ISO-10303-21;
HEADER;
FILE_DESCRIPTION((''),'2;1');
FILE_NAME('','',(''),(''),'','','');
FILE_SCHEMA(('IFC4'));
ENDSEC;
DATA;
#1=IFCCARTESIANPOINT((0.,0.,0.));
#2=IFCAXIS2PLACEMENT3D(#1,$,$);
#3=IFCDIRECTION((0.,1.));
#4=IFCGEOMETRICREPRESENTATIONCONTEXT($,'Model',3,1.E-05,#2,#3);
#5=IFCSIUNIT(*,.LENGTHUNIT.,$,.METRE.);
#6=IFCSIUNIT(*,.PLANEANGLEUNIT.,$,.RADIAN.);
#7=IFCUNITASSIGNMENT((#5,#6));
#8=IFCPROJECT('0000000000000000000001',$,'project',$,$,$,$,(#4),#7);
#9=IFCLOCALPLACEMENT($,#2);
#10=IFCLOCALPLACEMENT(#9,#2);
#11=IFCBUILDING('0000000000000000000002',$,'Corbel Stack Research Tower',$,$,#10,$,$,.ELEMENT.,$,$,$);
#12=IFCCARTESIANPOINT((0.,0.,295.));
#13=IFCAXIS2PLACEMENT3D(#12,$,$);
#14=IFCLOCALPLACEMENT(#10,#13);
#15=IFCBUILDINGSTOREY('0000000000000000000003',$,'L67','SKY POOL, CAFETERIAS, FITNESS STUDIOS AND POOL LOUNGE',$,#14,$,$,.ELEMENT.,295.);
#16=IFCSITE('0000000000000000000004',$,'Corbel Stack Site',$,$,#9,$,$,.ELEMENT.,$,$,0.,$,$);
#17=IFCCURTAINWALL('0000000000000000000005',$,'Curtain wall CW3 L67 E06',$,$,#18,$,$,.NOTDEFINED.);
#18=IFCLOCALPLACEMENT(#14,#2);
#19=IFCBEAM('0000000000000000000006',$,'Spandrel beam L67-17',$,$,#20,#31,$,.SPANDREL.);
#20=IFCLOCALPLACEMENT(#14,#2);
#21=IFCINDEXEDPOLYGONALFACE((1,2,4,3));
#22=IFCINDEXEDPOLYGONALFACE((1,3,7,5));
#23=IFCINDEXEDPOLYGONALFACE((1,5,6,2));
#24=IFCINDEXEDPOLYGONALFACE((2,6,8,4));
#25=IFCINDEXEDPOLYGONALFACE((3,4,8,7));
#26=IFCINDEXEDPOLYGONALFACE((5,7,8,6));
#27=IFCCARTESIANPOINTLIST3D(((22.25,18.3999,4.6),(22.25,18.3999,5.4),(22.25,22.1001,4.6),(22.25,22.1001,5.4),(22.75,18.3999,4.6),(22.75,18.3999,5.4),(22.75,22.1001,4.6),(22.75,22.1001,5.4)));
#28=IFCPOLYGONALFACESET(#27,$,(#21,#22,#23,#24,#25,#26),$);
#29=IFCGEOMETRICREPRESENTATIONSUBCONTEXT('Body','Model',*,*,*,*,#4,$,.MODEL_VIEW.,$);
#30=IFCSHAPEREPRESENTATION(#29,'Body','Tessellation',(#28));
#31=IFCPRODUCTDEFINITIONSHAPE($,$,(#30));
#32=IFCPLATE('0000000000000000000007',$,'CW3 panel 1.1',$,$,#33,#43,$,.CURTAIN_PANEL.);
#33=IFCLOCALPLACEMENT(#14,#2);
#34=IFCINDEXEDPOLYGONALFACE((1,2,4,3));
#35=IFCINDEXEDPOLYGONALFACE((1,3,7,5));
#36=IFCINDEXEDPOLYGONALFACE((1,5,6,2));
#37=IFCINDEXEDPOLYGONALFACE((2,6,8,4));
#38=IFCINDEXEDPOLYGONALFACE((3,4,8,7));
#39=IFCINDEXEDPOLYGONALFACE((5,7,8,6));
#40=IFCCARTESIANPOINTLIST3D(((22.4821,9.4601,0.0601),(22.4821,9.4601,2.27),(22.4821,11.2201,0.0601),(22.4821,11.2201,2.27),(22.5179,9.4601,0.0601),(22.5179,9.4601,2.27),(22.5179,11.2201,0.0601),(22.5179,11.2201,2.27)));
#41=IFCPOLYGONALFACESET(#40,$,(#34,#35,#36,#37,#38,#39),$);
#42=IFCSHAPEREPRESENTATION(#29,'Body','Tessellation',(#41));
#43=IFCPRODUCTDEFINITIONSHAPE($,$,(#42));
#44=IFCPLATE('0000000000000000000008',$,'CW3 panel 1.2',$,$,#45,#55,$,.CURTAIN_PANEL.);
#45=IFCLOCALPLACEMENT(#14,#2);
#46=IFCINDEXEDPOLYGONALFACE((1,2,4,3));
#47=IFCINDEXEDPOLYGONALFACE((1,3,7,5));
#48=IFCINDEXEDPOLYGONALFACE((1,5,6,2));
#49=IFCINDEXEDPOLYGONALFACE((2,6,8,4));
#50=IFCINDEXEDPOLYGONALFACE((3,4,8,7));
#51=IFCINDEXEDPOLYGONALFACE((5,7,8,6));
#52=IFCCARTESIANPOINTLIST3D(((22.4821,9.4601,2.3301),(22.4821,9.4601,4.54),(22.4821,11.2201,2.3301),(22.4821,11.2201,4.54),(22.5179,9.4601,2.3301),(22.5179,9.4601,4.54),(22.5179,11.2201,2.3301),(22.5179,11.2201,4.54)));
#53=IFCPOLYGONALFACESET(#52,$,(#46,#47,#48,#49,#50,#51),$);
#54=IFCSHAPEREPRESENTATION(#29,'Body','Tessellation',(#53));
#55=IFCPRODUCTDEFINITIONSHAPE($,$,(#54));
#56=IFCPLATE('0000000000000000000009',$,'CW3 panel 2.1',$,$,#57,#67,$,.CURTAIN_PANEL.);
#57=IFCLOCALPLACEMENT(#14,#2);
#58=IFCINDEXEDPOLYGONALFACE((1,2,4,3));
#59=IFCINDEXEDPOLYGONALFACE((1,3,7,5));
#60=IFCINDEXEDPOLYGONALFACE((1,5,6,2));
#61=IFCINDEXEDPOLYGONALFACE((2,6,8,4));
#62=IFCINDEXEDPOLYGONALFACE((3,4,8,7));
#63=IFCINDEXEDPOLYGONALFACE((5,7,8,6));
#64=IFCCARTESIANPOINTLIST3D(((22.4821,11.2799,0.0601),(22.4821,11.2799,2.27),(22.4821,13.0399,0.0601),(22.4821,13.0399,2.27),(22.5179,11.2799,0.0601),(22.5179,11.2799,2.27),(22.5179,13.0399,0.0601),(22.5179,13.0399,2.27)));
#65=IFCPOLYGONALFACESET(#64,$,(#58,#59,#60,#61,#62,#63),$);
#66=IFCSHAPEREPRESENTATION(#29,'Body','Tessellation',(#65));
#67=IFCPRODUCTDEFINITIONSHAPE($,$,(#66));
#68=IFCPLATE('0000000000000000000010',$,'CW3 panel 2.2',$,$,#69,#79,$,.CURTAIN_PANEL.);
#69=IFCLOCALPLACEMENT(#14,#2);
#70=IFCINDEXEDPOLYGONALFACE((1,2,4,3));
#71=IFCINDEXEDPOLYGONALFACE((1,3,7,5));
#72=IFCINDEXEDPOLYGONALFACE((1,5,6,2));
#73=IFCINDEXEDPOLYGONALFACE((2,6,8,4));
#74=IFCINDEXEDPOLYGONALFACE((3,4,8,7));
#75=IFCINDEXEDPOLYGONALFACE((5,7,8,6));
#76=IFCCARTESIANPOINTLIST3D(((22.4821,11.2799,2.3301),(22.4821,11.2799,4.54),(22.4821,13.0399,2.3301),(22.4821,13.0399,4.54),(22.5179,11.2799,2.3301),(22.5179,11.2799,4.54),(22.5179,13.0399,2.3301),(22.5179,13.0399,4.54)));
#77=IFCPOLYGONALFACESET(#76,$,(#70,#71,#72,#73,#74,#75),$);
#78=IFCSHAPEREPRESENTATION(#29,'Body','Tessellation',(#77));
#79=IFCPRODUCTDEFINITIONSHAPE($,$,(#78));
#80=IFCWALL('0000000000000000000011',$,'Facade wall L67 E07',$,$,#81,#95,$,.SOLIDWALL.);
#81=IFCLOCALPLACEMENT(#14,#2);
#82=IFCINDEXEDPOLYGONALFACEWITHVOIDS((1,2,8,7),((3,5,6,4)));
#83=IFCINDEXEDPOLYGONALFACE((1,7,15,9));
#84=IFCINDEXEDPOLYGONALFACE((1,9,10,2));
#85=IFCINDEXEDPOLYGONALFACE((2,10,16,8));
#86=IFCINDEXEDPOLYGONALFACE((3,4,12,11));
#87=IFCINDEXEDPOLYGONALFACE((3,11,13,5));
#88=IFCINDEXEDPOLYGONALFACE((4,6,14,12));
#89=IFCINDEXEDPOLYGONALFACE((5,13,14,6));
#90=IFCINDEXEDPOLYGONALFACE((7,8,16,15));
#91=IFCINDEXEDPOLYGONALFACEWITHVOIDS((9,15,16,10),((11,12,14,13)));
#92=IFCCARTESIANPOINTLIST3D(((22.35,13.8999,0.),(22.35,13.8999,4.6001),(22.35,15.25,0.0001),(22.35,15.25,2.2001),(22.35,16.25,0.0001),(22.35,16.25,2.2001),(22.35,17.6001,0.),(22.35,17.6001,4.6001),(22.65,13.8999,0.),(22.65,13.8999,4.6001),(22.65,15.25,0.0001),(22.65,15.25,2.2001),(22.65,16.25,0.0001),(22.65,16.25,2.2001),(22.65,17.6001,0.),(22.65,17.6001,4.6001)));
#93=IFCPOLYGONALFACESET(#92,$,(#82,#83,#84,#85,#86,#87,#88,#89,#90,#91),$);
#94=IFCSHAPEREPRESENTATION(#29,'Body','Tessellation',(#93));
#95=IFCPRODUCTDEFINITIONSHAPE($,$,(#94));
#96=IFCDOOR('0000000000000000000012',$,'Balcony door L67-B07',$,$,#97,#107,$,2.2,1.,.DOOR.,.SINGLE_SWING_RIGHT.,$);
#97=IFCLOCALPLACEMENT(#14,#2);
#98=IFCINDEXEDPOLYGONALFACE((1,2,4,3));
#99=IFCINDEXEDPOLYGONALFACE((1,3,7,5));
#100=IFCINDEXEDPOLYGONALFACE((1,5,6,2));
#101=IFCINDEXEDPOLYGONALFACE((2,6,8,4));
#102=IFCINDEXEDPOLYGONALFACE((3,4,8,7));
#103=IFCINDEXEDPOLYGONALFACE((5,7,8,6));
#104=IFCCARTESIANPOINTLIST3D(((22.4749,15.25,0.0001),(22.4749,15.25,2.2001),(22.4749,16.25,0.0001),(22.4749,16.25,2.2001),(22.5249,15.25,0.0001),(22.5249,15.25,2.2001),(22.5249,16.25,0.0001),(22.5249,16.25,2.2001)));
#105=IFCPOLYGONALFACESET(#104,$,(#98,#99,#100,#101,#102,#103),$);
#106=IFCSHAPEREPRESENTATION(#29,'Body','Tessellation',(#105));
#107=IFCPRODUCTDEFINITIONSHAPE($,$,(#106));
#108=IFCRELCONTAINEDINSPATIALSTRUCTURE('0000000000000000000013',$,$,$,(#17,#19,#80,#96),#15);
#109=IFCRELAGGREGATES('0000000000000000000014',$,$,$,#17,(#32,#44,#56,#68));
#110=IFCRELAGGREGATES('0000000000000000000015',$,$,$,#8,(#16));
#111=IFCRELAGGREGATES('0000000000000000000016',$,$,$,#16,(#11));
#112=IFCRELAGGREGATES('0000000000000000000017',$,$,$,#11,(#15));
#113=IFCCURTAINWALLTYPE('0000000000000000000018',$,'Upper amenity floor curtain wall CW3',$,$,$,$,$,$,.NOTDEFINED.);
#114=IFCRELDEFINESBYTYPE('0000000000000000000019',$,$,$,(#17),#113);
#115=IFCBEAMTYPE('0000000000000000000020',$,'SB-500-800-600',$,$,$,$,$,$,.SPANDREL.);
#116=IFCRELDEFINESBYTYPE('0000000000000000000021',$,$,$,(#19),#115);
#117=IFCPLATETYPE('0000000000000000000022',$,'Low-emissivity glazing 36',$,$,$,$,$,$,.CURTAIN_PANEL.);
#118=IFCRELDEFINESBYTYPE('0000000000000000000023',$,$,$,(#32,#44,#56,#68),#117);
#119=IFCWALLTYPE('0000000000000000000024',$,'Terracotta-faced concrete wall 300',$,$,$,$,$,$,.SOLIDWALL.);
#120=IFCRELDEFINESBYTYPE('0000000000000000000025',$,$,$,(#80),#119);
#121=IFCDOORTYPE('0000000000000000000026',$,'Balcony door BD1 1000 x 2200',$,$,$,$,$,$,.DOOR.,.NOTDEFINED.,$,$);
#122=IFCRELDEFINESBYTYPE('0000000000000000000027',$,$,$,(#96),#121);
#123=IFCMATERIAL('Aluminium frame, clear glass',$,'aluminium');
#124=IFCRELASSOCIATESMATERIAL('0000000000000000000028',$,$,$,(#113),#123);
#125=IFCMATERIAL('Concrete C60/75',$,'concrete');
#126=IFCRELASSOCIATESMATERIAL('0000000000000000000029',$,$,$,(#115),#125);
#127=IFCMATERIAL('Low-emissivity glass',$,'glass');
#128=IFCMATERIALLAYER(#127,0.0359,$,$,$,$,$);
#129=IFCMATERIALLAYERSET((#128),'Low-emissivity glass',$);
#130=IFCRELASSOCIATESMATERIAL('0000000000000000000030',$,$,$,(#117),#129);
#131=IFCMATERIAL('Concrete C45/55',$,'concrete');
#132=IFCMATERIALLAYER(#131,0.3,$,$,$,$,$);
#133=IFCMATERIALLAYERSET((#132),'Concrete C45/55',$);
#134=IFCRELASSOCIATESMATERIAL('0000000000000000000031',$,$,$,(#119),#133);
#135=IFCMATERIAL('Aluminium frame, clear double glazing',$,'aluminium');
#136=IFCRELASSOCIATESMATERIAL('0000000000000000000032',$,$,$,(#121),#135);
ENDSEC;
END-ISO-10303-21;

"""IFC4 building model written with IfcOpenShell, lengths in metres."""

from ifc_helpers import new_model, si_unit, direction, frame, frame_2d, origin, origin_2d, place, context, subcontext, project, spatial, rectangle, extrude, material, layer, layer_set, material_profile, profile_set, type_object, element, fill, aggregate, save


model = new_model("IFC4")

# Units and contexts
model_context = context("Model", 3, precision=1e-05, world=origin(), true_north=direction((0.0, 1.0)))
body_context = subcontext(model_context, "Body", "Model", "MODEL_VIEW")
ifc_project = project(units=[si_unit("LENGTHUNIT", "METRE"), si_unit("PLANEANGLEUNIT", "RADIAN")], contexts=[model_context])

# Site, building, storey
site_placement = place(None, origin())
site = spatial("IfcSite", under=ifc_project, at=site_placement, Name="Corbel Stack Site", CompositionType="ELEMENT", RefElevation=0.0)
building_placement = place(site_placement, origin())
building = spatial("IfcBuilding", under=site, at=building_placement, Name="Corbel Stack Research Tower", CompositionType="ELEMENT")
storey_placement = place(building_placement, frame((0.0, 0.0, 295.0)))
storey = spatial("IfcBuildingStorey", under=building, at=storey_placement, Name="L67", Description="SKY POOL, CAFETERIAS, FITNESS STUDIOS AND POOL LOUNGE", CompositionType="ELEMENT", Elevation=295.0)

# Curtain wall
ifc_material_1 = material(Name="Aluminium frame, clear glass", Category="aluminium")
curtain_wall_type = type_object("IfcCurtainWallType", Name="Upper amenity floor curtain wall CW3", PredefinedType="NOTDEFINED", material=ifc_material_1)
curtain_wall_1_placement = place(storey_placement, origin())
curtain_wall_1 = element("IfcCurtainWall", 1, at=curtain_wall_1_placement, inside=storey, type_object=curtain_wall_type, Name="Curtain wall CW3 L67 E06", PredefinedType="NOTDEFINED")

# Beam
ifc_material_2 = material(Name="Concrete C60/75", Category="concrete")
ifc_material_profile_1 = material_profile(ifc_material_2, rectangle(XDim=0.5, YDim=0.8, at=origin_2d()), Name="RC 500 x 800")
ifc_profile_set_1 = profile_set([ifc_material_profile_1], Name="Concrete C60/75")
beam_type = type_object("IfcBeamType", Name="SB-500-800-600", PredefinedType="SPANDREL", material=ifc_profile_set_1)
for number, where, z_axis, x_axis, name in (
    (2, (22.5, 18.3999, 5.0), (0.0, 1.0, 0.0), (-1.0, 0.0, 0.0), "Spandrel beam L67-17"),
):
    element("IfcBeam", number, at=place(storey_placement, frame(where, z_axis=z_axis, x_axis=x_axis)), inside=storey, type_object=beam_type, Name=name, PredefinedType="SPANDREL", context=body_context, shape_type="SweptSolid", body=[
        extrude(rectangle(XDim=0.5, YDim=0.8, at=origin_2d()), origin(), (0.0, 0.0, 1.0), 3.7002),
    ])

# Plates
ifc_material_3 = material(Name="Low-emissivity glass", Category="glass")
ifc_layer_1 = layer(ifc_material_3, 0.0359)
ifc_layer_set_1 = layer_set([ifc_layer_1], Name="Low-emissivity glass")
plate_type = type_object("IfcPlateType", Name="Low-emissivity glazing 36", PredefinedType="CURTAIN_PANEL", material=ifc_layer_set_1)
plate_1_placement = place(storey_placement, frame((22.5, 10.3401, 0.0601), z_axis=(0.0, 0.0, 1.0), x_axis=(0.0, 1.0, 0.0)))
plate_1 = element("IfcPlate", 3, at=plate_1_placement, type_object=plate_type, Name="CW3 panel 1.1", PredefinedType="CURTAIN_PANEL", context=body_context, shape_type="SweptSolid", body=[
    extrude(rectangle(XDim=1.76, YDim=0.0359, at=origin_2d()), origin(), (0.0, 0.0, 1.0), 2.21),
])
plate_2_placement = place(storey_placement, frame((22.5, 10.3401, 2.3301), z_axis=(0.0, 0.0, 1.0), x_axis=(0.0, 1.0, 0.0)))
plate_2 = element("IfcPlate", 4, at=plate_2_placement, type_object=plate_type, Name="CW3 panel 1.2", PredefinedType="CURTAIN_PANEL", context=body_context, shape_type="SweptSolid", body=[
    extrude(rectangle(XDim=1.76, YDim=0.0359, at=origin_2d()), origin(), (0.0, 0.0, 1.0), 2.21),
])
plate_3_placement = place(storey_placement, frame((22.5, 12.1599, 0.0601), z_axis=(0.0, 0.0, 1.0), x_axis=(0.0, 1.0, 0.0)))
plate_3 = element("IfcPlate", 5, at=plate_3_placement, type_object=plate_type, Name="CW3 panel 2.1", PredefinedType="CURTAIN_PANEL", context=body_context, shape_type="SweptSolid", body=[
    extrude(rectangle(XDim=1.76, YDim=0.0359, at=origin_2d()), origin(), (0.0, 0.0, 1.0), 2.21),
])
plate_4_placement = place(storey_placement, frame((22.5, 12.1599, 2.3301), z_axis=(0.0, 0.0, 1.0), x_axis=(0.0, 1.0, 0.0)))
plate_4 = element("IfcPlate", 6, at=plate_4_placement, type_object=plate_type, Name="CW3 panel 2.2", PredefinedType="CURTAIN_PANEL", context=body_context, shape_type="SweptSolid", body=[
    extrude(rectangle(XDim=1.76, YDim=0.0359, at=origin_2d()), origin(), (0.0, 0.0, 1.0), 2.21),
])
aggregate(curtain_wall_1, [plate_1, plate_2, plate_3, plate_4])

# Wall, opening, door
ifc_material_4 = material(Name="Concrete C45/55", Category="concrete")
ifc_layer_2 = layer(ifc_material_4, 0.3)
ifc_layer_set_2 = layer_set([ifc_layer_2], Name="Concrete C45/55")
wall_type = type_object("IfcWallType", Name="Terracotta-faced concrete wall 300", PredefinedType="SOLIDWALL", material=ifc_layer_set_2)
wall_placement = place(storey_placement, frame((22.5, 17.6001, 0.0), z_axis=(0.0, 0.0, 1.0), x_axis=(0.0, -1.0, 0.0)))
wall = element("IfcWall", 7, at=wall_placement, inside=storey, type_object=wall_type, Name="Facade wall L67 E07", PredefinedType="SOLIDWALL", context=body_context, shape_type="SweptSolid", body=[
    extrude(rectangle(XDim=3.7002, YDim=0.3, at=frame_2d((1.8501, 0.0))), origin(), (0.0, 0.0, 1.0), 4.6001),
])
opening_placement = place(wall_placement, frame((1.3501, 0.0, 0.0)))
opening = element("IfcOpeningElement", 8, at=opening_placement, cuts=wall, PredefinedType="OPENING", context=body_context, shape_type="SweptSolid", body=[
    extrude(rectangle(XDim=1.0, YDim=2.2, at=frame_2d((0.5, 1.1001))), frame((0.0, 0.1599, 0.0), z_axis=(0.0, -1.0, 0.0), x_axis=(1.0, 0.0, 0.0)), (0.0, 0.0, 1.0), 0.3201),
])
ifc_material_5 = material(Name="Aluminium frame, clear double glazing", Category="aluminium")
door_type = type_object("IfcDoorType", Name="Balcony door BD1 1000 x 2200", OperationType="NOTDEFINED", PredefinedType="DOOR", material=ifc_material_5)
door_placement = place(opening_placement, origin())
door = element("IfcDoor", 9, at=door_placement, inside=storey, type_object=door_type, Name="Balcony door L67-B07", OperationType="SINGLE_SWING_RIGHT", OverallHeight=2.2, OverallWidth=1.0, PredefinedType="DOOR", context=body_context, shape_type="SweptSolid", body=[
    extrude(rectangle(XDim=1.0, YDim=2.2, at=frame_2d((0.5, 1.1001))), frame((0.0, 0.0249, 0.0), z_axis=(0.0, -1.0, 0.0), x_axis=(1.0, 0.0, 0.0)), (0.0, 0.0, 1.0), 0.05),
])
fill(opening, door)

save(model, "model.ifc")
